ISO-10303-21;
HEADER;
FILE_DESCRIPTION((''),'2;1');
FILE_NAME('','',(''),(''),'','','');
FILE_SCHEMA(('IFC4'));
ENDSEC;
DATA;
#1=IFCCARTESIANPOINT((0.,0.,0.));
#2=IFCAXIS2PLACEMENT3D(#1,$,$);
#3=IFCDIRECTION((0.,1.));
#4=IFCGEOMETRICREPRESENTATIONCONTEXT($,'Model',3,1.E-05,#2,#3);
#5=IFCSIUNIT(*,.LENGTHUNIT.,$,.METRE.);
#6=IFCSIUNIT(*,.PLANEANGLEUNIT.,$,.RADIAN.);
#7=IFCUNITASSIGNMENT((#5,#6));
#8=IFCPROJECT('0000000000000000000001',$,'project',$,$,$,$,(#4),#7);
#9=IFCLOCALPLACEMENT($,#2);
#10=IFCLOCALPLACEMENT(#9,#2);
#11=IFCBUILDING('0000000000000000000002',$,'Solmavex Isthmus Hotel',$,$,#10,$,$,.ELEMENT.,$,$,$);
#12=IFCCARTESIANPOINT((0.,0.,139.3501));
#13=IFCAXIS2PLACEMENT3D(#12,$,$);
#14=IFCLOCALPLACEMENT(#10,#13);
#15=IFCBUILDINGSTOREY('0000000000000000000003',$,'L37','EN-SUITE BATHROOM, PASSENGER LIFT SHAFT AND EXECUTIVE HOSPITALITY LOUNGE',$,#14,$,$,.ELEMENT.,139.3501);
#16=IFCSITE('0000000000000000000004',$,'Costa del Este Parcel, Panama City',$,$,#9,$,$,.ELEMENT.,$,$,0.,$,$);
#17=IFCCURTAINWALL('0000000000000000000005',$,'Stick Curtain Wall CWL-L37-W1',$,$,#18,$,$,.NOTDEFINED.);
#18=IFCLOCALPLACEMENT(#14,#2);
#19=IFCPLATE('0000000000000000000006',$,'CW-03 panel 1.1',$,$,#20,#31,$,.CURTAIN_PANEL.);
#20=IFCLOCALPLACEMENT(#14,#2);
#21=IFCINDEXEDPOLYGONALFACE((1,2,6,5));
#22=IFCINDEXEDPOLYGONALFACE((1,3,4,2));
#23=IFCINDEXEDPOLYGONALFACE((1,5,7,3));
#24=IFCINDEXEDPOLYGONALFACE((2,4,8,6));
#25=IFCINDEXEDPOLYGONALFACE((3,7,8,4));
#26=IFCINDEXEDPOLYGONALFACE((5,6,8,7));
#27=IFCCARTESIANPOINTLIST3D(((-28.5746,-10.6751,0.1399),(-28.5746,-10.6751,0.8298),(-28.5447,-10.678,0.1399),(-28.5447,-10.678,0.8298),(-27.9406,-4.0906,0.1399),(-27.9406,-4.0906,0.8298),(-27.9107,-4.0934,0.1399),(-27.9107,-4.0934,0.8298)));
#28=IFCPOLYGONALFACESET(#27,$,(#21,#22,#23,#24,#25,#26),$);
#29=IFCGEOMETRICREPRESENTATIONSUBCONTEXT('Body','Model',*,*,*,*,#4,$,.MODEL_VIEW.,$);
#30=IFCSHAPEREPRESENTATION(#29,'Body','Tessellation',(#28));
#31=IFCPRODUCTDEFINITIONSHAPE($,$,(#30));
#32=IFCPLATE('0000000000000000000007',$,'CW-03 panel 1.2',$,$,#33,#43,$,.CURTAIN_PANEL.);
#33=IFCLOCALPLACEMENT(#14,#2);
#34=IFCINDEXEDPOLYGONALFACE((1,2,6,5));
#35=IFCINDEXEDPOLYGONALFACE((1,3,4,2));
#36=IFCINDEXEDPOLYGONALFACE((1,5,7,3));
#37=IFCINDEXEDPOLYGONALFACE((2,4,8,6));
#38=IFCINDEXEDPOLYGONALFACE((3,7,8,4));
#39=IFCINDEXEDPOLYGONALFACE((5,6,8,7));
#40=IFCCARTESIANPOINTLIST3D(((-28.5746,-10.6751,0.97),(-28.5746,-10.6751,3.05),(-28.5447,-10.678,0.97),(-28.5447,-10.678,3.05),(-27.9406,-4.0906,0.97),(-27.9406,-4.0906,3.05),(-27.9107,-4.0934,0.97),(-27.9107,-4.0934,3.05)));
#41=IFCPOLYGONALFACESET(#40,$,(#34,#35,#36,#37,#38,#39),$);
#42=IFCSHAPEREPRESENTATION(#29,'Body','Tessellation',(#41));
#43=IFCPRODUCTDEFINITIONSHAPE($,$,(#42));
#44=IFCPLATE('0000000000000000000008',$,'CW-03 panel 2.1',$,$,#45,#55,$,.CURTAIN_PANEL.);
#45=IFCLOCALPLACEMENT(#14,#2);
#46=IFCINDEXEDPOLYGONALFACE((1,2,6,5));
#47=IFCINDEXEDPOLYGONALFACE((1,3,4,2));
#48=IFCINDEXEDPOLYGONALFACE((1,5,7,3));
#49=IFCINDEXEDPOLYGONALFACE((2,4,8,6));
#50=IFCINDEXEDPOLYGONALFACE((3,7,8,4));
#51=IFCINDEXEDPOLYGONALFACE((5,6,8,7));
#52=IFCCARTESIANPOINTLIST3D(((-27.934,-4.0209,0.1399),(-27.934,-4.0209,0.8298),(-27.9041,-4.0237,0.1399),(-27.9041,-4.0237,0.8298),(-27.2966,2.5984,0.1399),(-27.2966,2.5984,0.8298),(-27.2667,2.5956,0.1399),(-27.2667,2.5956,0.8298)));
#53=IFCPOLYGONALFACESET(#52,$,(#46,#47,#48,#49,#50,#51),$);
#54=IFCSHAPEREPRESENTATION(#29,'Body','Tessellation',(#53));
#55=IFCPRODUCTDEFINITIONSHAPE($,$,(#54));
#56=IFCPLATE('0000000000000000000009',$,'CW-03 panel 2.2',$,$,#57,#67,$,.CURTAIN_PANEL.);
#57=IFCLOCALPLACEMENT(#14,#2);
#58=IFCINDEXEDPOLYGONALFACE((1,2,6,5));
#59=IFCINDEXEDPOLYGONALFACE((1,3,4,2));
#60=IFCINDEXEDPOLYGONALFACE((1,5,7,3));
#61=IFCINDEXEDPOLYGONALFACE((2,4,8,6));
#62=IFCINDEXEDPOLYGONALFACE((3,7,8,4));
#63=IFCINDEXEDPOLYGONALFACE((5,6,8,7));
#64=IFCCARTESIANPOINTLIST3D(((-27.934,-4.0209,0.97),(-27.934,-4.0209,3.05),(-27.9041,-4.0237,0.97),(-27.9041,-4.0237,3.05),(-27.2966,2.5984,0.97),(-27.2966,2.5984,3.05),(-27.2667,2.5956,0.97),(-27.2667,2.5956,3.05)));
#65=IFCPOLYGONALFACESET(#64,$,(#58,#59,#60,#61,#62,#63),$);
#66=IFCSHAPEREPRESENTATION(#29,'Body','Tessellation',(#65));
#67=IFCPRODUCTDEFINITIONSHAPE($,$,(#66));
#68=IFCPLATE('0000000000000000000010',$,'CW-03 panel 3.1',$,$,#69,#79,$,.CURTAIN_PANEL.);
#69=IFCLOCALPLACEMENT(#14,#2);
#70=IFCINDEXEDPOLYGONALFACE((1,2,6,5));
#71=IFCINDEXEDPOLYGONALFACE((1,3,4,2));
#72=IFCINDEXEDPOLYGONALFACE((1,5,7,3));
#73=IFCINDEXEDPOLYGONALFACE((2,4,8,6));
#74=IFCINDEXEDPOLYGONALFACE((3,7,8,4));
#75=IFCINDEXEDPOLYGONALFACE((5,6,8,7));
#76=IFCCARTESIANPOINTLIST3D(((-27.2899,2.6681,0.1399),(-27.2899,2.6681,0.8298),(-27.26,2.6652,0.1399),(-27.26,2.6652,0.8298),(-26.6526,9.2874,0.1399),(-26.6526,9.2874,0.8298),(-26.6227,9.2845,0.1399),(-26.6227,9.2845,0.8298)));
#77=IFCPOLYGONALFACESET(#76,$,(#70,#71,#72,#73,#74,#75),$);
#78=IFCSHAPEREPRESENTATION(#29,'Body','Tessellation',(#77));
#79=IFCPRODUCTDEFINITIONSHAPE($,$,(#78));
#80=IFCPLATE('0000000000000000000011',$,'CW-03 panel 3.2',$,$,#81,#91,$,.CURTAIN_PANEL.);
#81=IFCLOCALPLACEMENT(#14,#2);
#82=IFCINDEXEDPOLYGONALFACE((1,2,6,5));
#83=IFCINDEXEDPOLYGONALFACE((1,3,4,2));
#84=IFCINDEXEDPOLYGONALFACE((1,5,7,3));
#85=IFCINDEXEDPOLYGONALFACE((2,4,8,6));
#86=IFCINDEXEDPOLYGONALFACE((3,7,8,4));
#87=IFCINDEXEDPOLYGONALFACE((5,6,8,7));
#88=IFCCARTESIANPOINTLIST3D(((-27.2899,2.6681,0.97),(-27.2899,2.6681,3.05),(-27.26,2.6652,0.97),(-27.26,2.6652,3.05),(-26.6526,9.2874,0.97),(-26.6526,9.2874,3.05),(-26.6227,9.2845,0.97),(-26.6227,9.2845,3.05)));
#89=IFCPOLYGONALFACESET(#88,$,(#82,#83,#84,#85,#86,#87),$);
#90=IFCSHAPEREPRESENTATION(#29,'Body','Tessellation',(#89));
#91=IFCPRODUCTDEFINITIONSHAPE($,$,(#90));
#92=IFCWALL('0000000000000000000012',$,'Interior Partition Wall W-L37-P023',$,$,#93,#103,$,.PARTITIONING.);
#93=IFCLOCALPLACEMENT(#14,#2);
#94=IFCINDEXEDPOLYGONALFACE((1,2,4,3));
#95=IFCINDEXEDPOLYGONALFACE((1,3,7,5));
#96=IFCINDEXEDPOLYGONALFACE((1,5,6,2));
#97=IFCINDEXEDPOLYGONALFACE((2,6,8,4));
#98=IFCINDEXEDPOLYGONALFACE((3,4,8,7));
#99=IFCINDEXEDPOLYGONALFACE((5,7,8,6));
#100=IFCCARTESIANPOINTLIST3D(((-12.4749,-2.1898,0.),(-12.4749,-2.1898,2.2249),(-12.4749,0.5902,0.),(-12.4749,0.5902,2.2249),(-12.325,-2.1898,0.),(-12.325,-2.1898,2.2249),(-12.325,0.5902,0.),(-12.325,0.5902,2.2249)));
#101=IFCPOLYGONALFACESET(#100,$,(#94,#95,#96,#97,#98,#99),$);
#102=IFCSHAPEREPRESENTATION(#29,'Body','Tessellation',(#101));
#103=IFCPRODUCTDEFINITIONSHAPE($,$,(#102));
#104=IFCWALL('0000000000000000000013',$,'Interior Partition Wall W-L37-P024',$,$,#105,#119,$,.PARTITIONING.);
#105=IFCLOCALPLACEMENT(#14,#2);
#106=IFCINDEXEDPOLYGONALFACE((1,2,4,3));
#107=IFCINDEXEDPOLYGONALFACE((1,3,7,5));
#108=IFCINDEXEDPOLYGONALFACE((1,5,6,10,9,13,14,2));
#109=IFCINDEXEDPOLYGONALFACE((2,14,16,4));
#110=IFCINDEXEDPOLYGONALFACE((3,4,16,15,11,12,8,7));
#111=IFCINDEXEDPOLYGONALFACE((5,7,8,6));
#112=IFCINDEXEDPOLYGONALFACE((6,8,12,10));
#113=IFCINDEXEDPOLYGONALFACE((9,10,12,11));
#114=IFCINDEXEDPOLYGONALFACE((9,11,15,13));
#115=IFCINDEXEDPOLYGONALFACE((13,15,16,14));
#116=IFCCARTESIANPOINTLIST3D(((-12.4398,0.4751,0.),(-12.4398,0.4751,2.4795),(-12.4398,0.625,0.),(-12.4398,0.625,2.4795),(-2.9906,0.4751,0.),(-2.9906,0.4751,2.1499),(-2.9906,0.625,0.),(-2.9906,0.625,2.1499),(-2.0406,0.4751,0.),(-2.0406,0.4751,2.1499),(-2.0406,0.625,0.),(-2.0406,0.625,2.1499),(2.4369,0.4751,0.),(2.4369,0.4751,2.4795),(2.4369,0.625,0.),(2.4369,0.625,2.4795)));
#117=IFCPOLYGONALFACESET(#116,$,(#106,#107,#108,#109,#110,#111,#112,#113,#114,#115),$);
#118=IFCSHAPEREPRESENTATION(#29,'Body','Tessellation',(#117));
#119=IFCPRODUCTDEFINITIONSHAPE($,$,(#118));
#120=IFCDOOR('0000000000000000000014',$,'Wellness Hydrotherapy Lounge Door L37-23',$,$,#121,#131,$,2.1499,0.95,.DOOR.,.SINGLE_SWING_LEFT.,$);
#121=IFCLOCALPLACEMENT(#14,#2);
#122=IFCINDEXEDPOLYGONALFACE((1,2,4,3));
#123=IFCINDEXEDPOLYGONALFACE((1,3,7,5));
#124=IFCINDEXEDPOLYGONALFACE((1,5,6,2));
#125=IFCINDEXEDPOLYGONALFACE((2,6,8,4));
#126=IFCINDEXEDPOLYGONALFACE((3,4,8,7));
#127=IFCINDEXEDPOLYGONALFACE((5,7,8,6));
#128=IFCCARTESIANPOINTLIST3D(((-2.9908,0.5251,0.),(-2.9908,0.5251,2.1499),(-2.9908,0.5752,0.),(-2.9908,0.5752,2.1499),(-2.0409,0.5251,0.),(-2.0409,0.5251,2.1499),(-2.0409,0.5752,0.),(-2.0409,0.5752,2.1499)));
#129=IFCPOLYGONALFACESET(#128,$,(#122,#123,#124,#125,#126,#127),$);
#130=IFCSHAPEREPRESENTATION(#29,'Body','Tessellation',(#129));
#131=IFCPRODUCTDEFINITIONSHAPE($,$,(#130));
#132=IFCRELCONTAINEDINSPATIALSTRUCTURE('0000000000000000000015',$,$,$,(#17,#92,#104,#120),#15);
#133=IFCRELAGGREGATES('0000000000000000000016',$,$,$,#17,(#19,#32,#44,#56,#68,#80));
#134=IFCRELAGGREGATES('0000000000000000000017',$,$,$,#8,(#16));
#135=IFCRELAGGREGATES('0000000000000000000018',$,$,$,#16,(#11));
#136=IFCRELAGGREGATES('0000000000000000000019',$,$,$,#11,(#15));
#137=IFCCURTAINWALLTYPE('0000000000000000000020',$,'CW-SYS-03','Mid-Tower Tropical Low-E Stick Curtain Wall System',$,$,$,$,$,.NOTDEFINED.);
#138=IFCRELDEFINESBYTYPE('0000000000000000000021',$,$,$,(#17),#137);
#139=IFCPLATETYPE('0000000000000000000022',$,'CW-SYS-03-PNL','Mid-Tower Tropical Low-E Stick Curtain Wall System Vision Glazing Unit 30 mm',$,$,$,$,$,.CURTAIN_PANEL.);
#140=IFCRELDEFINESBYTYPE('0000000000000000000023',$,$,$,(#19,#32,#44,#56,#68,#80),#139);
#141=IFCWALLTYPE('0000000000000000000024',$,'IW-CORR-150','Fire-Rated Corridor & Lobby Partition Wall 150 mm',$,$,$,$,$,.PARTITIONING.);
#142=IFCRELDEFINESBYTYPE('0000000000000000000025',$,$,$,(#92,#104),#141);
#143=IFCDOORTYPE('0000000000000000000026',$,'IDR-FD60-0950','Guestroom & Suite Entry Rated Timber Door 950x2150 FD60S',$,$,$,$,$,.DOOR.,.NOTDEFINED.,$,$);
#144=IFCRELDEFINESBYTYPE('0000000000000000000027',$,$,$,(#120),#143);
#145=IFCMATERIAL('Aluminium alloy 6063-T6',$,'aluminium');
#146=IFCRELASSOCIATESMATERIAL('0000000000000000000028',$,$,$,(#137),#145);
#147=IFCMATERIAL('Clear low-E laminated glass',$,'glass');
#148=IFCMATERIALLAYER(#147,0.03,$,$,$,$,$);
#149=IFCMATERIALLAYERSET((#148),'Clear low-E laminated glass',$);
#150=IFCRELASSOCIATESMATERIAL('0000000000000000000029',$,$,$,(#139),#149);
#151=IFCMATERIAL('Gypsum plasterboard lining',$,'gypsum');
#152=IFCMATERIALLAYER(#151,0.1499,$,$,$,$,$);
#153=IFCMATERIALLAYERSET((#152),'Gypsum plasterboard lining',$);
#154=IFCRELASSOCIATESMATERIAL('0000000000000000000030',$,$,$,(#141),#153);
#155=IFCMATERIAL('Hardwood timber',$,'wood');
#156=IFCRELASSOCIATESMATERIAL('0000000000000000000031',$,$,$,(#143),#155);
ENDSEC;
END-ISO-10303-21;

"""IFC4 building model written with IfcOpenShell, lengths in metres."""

from ifc_helpers import new_model, si_unit, direction, frame, frame_2d, origin, origin_2d, place, context, subcontext, project, spatial, rectangle, extrude, material, layer, layer_set, type_object, element, fill, aggregate, save


model = new_model("IFC4")

# Units and contexts
model_context = context("Model", 3, precision=1e-05, world=origin(), true_north=direction((0.0, 1.0)))
body_context = subcontext(model_context, "Body", "Model", "MODEL_VIEW")
ifc_project = project(units=[si_unit("LENGTHUNIT", "METRE"), si_unit("PLANEANGLEUNIT", "RADIAN")], contexts=[model_context])

# Site, building, storey
site_placement = place(None, origin())
site = spatial("IfcSite", under=ifc_project, at=site_placement, Name="Costa del Este Parcel, Panama City", CompositionType="ELEMENT", RefElevation=0.0)
building_placement = place(site_placement, origin())
building = spatial("IfcBuilding", under=site, at=building_placement, Name="Solmavex Isthmus Hotel", CompositionType="ELEMENT")
storey_placement = place(building_placement, frame((0.0, 0.0, 139.3501)))
storey = spatial("IfcBuildingStorey", under=building, at=storey_placement, Name="L37", Description="EN-SUITE BATHROOM, PASSENGER LIFT SHAFT AND EXECUTIVE HOSPITALITY LOUNGE", CompositionType="ELEMENT", Elevation=139.3501)

# Curtain wall, plates
ifc_material_1 = material(Name="Aluminium alloy 6063-T6", Category="aluminium")
curtain_wall_type = type_object("IfcCurtainWallType", Name="CW-SYS-03", Description="Mid-Tower Tropical Low-E Stick Curtain Wall System", PredefinedType="NOTDEFINED", material=ifc_material_1)
curtain_wall_placement = place(storey_placement, origin())
curtain_wall = element("IfcCurtainWall", 1, at=curtain_wall_placement, inside=storey, type_object=curtain_wall_type, Name="Stick Curtain Wall CWL-L37-W1", PredefinedType="NOTDEFINED")
ifc_material_2 = material(Name="Clear low-E laminated glass", Category="glass")
ifc_layer_1 = layer(ifc_material_2, 0.03)
ifc_layer_set_1 = layer_set([ifc_layer_1], Name="Clear low-E laminated glass")
plate_type = type_object("IfcPlateType", Name="CW-SYS-03-PNL", Description="Mid-Tower Tropical Low-E Stick Curtain Wall System Vision Glazing Unit 30 mm", PredefinedType="CURTAIN_PANEL", material=ifc_layer_set_1)
plate_1_placement = place(storey_placement, frame((-28.2427, -7.3843, 0.1399), z_axis=(0.0, 0.0, 1.0), x_axis=(0.095846, 0.995396, 0.0)))
plate_1 = element("IfcPlate", 2, at=plate_1_placement, type_object=plate_type, Name="CW-03 panel 1.1", PredefinedType="CURTAIN_PANEL", context=body_context, shape_type="SweptSolid", body=[
    extrude(rectangle(XDim=6.615, YDim=0.03, at=origin_2d()), origin(), (0.0, 0.0, 1.0), 0.6899),
])
plate_2_placement = place(storey_placement, frame((-28.2427, -7.3843, 0.97), z_axis=(0.0, 0.0, 1.0), x_axis=(0.095846, 0.995396, 0.0)))
plate_2 = element("IfcPlate", 3, at=plate_2_placement, type_object=plate_type, Name="CW-03 panel 1.2", PredefinedType="CURTAIN_PANEL", context=body_context, shape_type="SweptSolid", body=[
    extrude(rectangle(XDim=6.615, YDim=0.03, at=origin_2d()), origin(), (0.0, 0.0, 1.0), 2.0801),
])
plate_3_placement = place(storey_placement, frame((-27.6003, -0.7126, 0.1399), z_axis=(0.0, 0.0, 1.0), x_axis=(0.095846, 0.995396, 0.0)))
plate_3 = element("IfcPlate", 4, at=plate_3_placement, type_object=plate_type, Name="CW-03 panel 2.1", PredefinedType="CURTAIN_PANEL", context=body_context, shape_type="SweptSolid", body=[
    extrude(rectangle(XDim=6.6499, YDim=0.03, at=origin_2d()), origin(), (0.0, 0.0, 1.0), 0.6899),
])
plate_4_placement = place(storey_placement, frame((-27.6003, -0.7126, 0.97), z_axis=(0.0, 0.0, 1.0), x_axis=(0.095846, 0.995396, 0.0)))
plate_4 = element("IfcPlate", 5, at=plate_4_placement, type_object=plate_type, Name="CW-03 panel 2.2", PredefinedType="CURTAIN_PANEL", context=body_context, shape_type="SweptSolid", body=[
    extrude(rectangle(XDim=6.6499, YDim=0.03, at=origin_2d()), origin(), (0.0, 0.0, 1.0), 2.0801),
])
plate_5_placement = place(storey_placement, frame((-26.9563, 5.9763, 0.1399), z_axis=(0.0, 0.0, 1.0), x_axis=(0.095846, 0.995396, 0.0)))
plate_5 = element("IfcPlate", 6, at=plate_5_placement, type_object=plate_type, Name="CW-03 panel 3.1", PredefinedType="CURTAIN_PANEL", context=body_context, shape_type="SweptSolid", body=[
    extrude(rectangle(XDim=6.6499, YDim=0.03, at=origin_2d()), origin(), (0.0, 0.0, 1.0), 0.6899),
])
plate_6_placement = place(storey_placement, frame((-26.9563, 5.9763, 0.97), z_axis=(0.0, 0.0, 1.0), x_axis=(0.095846, 0.995396, 0.0)))
plate_6 = element("IfcPlate", 7, at=plate_6_placement, type_object=plate_type, Name="CW-03 panel 3.2", PredefinedType="CURTAIN_PANEL", context=body_context, shape_type="SweptSolid", body=[
    extrude(rectangle(XDim=6.6499, YDim=0.03, at=origin_2d()), origin(), (0.0, 0.0, 1.0), 2.0801),
])
aggregate(curtain_wall, [plate_1, plate_2, plate_3, plate_4, plate_5, plate_6])

# Wall
ifc_material_3 = material(Name="Gypsum plasterboard lining", Category="gypsum")
ifc_layer_2 = layer(ifc_material_3, 0.1499)
ifc_layer_set_2 = layer_set([ifc_layer_2], Name="Gypsum plasterboard lining")
wall_type_1 = type_object("IfcWallType", Name="IW-CORR-150", Description="Fire-Rated Corridor & Lobby Partition Wall 150 mm", PredefinedType="PARTITIONING", material=ifc_layer_set_2)
wall_1_placement = place(storey_placement, frame((-12.3999, -2.1899, 0.0), z_axis=(0.0, 0.0, 1.0), x_axis=(0.0, 1.0, 0.0)))
element("IfcWall", 8, at=wall_1_placement, inside=storey, type_object=wall_type_1, Name="Interior Partition Wall W-L37-P023", PredefinedType="PARTITIONING", context=body_context, shape_type="SweptSolid", body=[
    extrude(rectangle(XDim=2.78, YDim=0.1499, at=frame_2d((1.3901, 0.0))), origin(), (0.0, 0.0, 1.0), 2.2249),
])

# Wall, opening, door
wall_2_placement = place(storey_placement, frame((-12.4399, 0.55, 0.0), z_axis=(0.0, 0.0, 1.0), x_axis=(1.0, 0.0, 0.0)))
wall_2 = element("IfcWall", 9, at=wall_2_placement, inside=storey, type_object=wall_type_1, Name="Interior Partition Wall W-L37-P024", PredefinedType="PARTITIONING", context=body_context, shape_type="SweptSolid", body=[
    extrude(rectangle(XDim=14.8767, YDim=0.1499, at=frame_2d((7.4385, 0.0))), origin(), (0.0, 0.0, 1.0), 2.4795),
])
opening_1_placement = place(wall_2_placement, frame((9.4492, 0.0, 0.0)))
opening_1 = element("IfcOpeningElement", 10, at=opening_1_placement, cuts=wall_2, PredefinedType="OPENING", context=body_context, shape_type="SweptSolid", body=[
    extrude(rectangle(XDim=0.95, YDim=2.1499, at=frame_2d((0.4751, 1.075))), frame((0.0, 0.085, 0.0), z_axis=(0.0, -1.0, 0.0), x_axis=(1.0, 0.0, 0.0)), (0.0, 0.0, 1.0), 0.1699),
])
ifc_material_4 = material(Name="Hardwood timber", Category="wood")
door_type_1 = type_object("IfcDoorType", Name="IDR-FD60-0950", Description="Guestroom & Suite Entry Rated Timber Door 950x2150 FD60S", OperationType="NOTDEFINED", PredefinedType="DOOR", material=ifc_material_4)
door_1_placement = place(opening_1_placement, frame((0.95, 0.0, 0.0), z_axis=(0.0, 0.0, 1.0), x_axis=(-1.0, 0.0, 0.0)))
door_1 = element("IfcDoor", 11, at=door_1_placement, inside=storey, type_object=door_type_1, Name="Wellness Hydrotherapy Lounge Door L37-23", OperationType="SINGLE_SWING_LEFT", OverallHeight=2.1499, OverallWidth=0.95, PredefinedType="DOOR", context=body_context, shape_type="SweptSolid", body=[
    extrude(rectangle(XDim=0.95, YDim=2.1499, at=frame_2d((0.4751, 1.075))), frame((0.0, 0.0249, 0.0), z_axis=(0.0, -1.0, 0.0), x_axis=(1.0, 0.0, 0.0)), (0.0, 0.0, 1.0), 0.05),
])
fill(opening_1, door_1)

save(model, "model.ifc")
